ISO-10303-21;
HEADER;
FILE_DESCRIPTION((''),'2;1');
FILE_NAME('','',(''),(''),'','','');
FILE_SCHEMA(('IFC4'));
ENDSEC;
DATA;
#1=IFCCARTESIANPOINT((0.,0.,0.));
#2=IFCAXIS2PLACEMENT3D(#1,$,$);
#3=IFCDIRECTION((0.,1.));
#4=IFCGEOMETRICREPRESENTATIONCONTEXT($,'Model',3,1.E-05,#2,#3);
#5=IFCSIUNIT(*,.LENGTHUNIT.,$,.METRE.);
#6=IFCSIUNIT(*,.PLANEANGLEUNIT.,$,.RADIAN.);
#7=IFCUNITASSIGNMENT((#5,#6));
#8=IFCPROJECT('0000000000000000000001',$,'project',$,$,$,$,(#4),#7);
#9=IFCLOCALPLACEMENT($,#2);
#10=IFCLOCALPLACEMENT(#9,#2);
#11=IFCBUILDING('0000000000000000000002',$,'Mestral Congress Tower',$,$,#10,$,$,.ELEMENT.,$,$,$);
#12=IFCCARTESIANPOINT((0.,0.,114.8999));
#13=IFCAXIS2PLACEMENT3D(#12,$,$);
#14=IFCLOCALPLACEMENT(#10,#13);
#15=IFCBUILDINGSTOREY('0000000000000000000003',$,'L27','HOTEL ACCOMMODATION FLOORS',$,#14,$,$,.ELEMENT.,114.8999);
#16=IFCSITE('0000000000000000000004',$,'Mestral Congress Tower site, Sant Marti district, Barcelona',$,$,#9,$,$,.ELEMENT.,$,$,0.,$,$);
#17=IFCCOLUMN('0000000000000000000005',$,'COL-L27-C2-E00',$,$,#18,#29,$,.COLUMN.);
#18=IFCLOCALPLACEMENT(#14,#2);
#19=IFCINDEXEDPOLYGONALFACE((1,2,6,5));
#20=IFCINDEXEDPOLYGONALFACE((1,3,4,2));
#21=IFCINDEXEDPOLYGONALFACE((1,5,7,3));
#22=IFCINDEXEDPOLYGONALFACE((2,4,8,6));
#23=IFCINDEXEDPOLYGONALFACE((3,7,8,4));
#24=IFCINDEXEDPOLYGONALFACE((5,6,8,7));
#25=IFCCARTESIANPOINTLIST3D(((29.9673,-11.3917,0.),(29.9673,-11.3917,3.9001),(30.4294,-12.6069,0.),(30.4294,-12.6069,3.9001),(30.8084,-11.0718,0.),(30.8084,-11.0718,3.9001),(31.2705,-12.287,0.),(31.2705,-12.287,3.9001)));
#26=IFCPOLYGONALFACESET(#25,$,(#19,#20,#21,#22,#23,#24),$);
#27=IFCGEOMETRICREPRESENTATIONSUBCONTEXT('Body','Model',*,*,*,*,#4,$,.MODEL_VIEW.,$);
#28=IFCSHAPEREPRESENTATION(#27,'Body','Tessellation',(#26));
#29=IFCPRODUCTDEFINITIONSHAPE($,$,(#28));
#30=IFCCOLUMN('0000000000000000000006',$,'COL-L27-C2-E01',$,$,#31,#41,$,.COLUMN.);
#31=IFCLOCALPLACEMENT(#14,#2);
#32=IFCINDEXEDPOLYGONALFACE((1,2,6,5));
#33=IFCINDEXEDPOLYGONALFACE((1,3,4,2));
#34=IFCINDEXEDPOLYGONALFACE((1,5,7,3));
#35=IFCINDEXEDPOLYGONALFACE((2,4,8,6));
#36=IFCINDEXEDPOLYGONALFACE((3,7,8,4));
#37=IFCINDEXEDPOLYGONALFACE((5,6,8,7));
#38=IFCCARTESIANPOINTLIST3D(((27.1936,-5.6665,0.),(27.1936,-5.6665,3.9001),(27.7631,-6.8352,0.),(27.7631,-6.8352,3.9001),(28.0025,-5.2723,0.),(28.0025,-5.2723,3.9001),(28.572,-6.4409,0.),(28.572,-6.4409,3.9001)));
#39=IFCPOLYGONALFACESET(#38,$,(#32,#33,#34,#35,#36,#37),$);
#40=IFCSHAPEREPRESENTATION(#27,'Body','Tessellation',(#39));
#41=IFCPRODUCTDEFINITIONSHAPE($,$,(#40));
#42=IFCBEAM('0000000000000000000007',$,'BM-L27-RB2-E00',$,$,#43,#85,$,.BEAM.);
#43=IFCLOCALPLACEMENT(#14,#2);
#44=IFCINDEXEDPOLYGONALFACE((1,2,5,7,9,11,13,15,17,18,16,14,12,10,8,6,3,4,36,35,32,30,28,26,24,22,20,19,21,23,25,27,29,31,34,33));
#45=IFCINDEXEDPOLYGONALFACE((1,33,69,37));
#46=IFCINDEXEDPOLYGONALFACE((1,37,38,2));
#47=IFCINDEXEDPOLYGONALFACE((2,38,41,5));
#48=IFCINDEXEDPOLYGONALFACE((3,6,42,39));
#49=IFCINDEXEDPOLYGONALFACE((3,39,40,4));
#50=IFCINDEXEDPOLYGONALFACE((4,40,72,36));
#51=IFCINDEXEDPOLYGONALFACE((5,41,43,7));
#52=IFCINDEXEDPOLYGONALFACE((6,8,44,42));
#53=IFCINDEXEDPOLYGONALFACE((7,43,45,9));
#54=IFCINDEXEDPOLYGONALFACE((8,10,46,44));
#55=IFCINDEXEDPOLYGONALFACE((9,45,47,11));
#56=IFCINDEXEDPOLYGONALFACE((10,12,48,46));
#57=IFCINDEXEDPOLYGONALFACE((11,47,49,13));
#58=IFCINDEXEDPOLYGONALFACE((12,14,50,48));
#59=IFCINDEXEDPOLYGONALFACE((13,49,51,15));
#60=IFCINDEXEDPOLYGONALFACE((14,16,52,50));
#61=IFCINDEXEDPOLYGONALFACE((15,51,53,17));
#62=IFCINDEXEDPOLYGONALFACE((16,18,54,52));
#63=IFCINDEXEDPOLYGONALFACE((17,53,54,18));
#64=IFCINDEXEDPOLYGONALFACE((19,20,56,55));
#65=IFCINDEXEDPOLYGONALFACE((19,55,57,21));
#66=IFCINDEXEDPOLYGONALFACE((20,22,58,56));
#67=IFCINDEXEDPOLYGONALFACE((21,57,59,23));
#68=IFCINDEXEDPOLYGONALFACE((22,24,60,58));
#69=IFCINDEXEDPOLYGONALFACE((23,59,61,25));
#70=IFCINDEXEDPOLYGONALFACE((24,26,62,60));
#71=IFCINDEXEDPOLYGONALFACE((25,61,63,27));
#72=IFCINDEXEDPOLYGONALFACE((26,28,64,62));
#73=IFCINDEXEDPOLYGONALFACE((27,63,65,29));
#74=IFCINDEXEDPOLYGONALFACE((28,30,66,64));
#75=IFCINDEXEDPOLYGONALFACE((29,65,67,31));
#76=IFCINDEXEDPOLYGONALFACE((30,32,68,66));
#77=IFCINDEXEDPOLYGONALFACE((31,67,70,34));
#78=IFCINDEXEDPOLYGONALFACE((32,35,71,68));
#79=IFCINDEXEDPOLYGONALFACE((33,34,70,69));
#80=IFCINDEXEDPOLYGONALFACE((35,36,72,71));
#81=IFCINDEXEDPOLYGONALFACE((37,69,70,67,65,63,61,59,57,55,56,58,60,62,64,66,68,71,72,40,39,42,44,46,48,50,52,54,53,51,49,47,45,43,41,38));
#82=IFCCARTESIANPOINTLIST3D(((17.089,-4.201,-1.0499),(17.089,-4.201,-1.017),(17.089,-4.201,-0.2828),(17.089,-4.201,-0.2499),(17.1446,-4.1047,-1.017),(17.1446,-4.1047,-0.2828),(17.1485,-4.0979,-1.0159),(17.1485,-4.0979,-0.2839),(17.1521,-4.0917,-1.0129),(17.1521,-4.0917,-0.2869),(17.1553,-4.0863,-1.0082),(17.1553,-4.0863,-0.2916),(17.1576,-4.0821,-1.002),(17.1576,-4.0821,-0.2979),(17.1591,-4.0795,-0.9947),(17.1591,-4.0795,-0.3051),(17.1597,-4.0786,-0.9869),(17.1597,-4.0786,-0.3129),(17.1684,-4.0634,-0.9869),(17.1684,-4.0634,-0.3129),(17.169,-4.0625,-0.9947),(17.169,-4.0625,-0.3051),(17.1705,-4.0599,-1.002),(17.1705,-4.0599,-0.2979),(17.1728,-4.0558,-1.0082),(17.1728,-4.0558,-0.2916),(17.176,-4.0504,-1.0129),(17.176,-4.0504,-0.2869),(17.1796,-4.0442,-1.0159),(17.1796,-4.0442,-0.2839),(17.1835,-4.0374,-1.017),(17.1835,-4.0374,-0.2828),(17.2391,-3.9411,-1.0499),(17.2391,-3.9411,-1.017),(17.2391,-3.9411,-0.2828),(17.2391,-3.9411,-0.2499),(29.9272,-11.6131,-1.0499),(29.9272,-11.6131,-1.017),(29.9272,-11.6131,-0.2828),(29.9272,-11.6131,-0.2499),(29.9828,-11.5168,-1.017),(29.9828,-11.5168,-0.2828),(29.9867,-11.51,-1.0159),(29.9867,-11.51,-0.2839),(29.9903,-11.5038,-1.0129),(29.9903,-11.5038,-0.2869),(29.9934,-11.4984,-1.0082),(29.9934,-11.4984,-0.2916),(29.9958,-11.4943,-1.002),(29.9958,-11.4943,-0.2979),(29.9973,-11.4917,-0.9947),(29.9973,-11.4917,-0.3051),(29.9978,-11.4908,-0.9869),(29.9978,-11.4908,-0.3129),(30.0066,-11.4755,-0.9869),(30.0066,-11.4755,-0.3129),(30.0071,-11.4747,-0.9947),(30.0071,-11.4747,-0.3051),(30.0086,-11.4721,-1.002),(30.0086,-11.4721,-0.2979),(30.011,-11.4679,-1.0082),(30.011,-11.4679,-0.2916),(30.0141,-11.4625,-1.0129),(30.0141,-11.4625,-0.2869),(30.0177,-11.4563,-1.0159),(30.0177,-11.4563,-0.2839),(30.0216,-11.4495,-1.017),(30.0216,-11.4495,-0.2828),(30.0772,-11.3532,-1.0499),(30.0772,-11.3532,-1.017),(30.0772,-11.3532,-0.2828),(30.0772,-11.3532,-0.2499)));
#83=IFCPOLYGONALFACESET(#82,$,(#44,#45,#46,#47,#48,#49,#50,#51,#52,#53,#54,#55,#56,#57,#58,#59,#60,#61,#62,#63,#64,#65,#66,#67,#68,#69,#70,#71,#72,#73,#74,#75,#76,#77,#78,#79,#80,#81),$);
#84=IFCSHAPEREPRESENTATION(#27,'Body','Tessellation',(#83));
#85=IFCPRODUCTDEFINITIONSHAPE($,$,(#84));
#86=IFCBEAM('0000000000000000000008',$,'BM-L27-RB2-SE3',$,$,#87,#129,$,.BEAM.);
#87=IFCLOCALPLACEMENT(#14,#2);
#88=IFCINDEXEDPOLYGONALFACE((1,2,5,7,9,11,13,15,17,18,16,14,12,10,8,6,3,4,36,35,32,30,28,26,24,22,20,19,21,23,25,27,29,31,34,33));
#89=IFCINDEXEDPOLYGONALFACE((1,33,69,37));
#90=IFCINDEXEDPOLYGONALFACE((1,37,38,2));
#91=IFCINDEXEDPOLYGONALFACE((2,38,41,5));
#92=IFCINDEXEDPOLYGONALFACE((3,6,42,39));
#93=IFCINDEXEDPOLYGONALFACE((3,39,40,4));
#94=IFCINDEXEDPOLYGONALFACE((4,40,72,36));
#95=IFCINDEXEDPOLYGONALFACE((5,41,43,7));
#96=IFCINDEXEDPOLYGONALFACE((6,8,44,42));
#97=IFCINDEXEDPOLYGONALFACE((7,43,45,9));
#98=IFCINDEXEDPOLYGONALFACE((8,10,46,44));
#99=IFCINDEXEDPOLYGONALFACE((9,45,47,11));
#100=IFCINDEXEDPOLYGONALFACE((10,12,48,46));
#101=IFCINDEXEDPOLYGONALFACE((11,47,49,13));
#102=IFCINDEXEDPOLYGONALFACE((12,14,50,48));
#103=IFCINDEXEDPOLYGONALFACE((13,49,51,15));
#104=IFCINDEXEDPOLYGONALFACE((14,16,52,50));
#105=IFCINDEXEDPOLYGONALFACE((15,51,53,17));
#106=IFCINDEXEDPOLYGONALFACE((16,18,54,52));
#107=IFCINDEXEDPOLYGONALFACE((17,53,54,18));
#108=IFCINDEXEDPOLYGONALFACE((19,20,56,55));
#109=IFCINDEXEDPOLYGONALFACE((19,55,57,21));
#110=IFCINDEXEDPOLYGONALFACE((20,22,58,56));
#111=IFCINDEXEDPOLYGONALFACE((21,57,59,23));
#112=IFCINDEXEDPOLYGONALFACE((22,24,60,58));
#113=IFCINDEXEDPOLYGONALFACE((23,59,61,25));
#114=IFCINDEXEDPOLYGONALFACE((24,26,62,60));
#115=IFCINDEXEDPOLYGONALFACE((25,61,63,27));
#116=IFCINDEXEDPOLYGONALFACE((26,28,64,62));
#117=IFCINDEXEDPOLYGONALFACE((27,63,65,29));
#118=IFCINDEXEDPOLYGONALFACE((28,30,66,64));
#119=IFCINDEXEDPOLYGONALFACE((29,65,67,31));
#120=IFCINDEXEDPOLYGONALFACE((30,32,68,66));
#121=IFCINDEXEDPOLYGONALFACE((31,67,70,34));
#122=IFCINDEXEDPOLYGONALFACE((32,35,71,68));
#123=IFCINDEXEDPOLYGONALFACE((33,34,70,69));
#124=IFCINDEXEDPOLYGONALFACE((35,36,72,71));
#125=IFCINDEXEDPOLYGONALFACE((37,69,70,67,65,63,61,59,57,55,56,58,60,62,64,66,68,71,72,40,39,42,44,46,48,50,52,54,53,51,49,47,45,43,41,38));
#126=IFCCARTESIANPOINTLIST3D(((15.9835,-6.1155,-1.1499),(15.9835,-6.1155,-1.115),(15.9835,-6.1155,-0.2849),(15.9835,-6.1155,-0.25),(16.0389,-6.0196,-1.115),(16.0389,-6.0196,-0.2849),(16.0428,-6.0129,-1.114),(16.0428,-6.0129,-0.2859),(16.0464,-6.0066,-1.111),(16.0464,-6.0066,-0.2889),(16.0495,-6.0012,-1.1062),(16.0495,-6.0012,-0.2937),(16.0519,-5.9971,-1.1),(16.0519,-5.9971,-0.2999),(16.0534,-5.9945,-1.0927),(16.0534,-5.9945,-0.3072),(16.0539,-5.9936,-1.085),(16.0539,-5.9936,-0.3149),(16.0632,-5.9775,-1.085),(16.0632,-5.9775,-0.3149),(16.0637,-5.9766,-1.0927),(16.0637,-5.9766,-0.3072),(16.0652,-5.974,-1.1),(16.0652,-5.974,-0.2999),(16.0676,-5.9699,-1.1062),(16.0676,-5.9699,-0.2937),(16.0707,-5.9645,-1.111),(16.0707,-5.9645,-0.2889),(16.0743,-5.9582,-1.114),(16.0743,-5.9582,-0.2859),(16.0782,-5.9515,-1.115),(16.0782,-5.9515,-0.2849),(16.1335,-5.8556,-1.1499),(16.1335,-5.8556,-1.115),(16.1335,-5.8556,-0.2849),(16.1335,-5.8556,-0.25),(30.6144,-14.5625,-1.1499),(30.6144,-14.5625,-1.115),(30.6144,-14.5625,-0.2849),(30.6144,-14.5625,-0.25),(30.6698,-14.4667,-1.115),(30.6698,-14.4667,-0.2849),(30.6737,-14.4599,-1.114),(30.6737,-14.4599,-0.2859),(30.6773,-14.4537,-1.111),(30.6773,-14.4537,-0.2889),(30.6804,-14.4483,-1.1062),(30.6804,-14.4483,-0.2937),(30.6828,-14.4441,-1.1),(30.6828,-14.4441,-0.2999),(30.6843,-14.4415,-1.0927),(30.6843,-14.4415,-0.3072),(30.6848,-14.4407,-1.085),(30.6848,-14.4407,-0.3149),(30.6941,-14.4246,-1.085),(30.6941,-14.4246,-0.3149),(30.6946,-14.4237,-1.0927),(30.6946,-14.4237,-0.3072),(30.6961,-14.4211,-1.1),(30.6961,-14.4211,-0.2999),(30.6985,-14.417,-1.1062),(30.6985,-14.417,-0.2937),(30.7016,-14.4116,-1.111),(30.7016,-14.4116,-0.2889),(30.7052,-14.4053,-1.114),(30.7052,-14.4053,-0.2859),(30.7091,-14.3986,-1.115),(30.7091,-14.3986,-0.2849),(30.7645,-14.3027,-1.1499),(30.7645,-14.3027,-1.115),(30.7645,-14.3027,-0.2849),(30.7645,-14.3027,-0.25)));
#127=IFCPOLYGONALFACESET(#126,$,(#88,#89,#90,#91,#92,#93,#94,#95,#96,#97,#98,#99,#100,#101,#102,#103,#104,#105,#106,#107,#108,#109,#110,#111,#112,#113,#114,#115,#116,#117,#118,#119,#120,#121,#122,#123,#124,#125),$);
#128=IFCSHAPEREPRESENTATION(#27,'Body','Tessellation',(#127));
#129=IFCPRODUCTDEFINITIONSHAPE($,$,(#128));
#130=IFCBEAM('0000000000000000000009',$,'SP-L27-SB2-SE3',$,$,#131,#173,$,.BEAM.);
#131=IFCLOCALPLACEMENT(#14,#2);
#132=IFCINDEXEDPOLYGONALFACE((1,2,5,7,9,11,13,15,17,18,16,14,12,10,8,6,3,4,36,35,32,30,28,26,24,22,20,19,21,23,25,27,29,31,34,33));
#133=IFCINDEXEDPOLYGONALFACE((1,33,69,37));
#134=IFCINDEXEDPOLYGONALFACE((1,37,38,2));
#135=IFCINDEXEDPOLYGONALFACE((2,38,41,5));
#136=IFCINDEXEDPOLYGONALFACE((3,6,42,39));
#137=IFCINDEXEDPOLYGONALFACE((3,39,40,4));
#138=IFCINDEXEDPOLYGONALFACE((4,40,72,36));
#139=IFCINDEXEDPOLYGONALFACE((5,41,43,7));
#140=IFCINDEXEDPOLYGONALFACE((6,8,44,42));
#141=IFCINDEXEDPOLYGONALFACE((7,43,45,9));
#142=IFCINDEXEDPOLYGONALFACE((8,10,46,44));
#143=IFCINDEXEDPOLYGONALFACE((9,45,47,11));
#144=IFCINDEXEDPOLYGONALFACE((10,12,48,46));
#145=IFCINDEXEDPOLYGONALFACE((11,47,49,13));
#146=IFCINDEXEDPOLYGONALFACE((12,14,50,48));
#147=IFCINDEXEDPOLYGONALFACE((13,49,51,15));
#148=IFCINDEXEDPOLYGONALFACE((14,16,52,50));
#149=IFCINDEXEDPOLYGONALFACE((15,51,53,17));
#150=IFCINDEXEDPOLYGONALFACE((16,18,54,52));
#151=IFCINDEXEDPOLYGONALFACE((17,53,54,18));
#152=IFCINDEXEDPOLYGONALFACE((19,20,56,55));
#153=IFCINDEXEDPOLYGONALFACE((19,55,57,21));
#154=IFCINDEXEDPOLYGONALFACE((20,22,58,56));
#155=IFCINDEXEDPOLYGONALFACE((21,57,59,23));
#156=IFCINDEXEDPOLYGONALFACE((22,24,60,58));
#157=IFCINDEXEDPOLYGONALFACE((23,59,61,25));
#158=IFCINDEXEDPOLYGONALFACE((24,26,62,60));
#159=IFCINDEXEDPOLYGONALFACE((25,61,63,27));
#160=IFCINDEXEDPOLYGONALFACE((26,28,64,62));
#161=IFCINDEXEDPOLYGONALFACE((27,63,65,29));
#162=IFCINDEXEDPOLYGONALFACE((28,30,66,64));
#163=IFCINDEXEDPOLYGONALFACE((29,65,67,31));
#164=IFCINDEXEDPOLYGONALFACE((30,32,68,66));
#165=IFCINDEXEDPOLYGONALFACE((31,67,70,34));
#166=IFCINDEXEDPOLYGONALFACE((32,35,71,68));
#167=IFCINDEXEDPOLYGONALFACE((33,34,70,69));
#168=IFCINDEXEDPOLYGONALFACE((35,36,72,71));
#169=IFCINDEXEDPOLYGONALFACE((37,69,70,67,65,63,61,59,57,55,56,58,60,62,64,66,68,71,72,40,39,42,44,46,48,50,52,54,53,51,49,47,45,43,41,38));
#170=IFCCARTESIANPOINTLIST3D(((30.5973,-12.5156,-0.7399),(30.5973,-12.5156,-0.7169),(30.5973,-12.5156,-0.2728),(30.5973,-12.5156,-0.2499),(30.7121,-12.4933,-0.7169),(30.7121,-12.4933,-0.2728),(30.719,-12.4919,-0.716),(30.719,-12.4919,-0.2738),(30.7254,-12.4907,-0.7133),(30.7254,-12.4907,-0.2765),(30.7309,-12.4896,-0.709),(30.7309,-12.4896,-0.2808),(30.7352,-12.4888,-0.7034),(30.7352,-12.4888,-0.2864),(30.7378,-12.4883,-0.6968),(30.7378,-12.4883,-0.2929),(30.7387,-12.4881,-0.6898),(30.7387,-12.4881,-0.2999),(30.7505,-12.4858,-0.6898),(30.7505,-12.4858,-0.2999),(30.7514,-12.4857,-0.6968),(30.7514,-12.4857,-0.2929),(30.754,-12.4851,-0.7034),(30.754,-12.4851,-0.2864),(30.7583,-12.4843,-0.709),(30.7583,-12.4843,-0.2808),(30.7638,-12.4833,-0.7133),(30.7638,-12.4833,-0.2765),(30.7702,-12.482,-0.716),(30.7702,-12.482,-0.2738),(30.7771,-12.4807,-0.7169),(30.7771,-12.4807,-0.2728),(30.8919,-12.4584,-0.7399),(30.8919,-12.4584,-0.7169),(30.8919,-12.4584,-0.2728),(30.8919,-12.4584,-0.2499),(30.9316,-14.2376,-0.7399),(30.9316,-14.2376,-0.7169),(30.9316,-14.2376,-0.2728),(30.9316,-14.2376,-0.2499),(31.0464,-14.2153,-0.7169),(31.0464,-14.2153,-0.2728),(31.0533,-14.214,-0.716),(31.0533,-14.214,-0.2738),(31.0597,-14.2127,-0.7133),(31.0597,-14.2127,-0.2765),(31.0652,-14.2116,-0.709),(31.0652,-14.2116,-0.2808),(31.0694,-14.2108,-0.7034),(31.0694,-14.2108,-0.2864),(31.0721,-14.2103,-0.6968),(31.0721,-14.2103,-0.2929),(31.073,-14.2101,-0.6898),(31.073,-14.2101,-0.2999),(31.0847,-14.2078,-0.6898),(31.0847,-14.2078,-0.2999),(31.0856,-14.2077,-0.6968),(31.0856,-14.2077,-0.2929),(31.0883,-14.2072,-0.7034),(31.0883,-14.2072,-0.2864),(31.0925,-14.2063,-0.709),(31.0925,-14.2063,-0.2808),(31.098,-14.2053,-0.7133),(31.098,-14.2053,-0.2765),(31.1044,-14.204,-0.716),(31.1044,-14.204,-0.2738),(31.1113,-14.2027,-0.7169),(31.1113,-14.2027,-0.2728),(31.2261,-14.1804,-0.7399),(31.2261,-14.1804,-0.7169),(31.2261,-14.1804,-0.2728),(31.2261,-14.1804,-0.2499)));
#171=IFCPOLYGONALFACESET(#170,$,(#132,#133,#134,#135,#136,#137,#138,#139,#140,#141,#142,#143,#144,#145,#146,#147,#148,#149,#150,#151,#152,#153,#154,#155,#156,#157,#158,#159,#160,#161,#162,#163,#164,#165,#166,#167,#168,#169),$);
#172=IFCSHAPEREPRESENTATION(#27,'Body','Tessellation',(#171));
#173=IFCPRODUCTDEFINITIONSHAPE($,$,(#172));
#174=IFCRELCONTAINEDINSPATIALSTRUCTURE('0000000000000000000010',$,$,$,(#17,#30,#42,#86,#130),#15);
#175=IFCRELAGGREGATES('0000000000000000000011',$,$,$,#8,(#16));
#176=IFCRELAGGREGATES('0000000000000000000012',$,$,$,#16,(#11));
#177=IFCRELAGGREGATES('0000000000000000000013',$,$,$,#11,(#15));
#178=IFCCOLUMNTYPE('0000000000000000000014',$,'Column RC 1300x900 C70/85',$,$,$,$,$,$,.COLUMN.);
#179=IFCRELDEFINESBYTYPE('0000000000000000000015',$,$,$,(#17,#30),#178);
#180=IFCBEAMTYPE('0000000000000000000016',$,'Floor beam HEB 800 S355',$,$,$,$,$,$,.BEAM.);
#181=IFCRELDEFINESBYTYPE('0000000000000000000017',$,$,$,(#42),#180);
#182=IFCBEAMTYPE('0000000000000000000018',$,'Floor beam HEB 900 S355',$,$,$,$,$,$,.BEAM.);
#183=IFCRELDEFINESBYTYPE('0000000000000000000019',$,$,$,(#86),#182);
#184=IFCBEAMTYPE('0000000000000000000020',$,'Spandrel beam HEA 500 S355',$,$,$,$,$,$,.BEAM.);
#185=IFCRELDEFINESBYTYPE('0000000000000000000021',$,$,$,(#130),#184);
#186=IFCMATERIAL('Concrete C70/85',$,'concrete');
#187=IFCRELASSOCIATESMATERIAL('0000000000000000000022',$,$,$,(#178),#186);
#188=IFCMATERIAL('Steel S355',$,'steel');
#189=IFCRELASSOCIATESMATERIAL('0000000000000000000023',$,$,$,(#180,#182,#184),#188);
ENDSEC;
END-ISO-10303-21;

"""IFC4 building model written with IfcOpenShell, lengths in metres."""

from ifc_helpers import new_model, si_unit, direction, frame, origin, origin_2d, place, context, subcontext, project, spatial, rectangle, i_section, extrude, material, material_profile, profile_set, type_object, element, save


model = new_model("IFC4")

# Units and contexts
model_context = context("Model", 3, precision=1e-05, world=origin(), true_north=direction((0.0, 1.0)))
body_context = subcontext(model_context, "Body", "Model", "MODEL_VIEW")
ifc_project = project(units=[si_unit("LENGTHUNIT", "METRE"), si_unit("PLANEANGLEUNIT", "RADIAN")], contexts=[model_context])

# Site, building, storey
site_placement = place(None, origin())
site = spatial("IfcSite", under=ifc_project, at=site_placement, Name="Mestral Congress Tower site, Sant Marti district, Barcelona", CompositionType="ELEMENT", RefElevation=0.0)
building_placement = place(site_placement, origin())
building = spatial("IfcBuilding", under=site, at=building_placement, Name="Mestral Congress Tower", CompositionType="ELEMENT")
storey_placement = place(building_placement, frame((0.0, 0.0, 114.8999)))
storey = spatial("IfcBuildingStorey", under=building, at=storey_placement, Name="L27", Description="HOTEL ACCOMMODATION FLOORS", CompositionType="ELEMENT", Elevation=114.8999)

# Columns
ifc_material_1 = material(Name="Concrete C70/85", Category="concrete")
ifc_material_profile_1 = material_profile(ifc_material_1, rectangle(XDim=1.3, YDim=0.8999, at=origin_2d()), Name="RC 1300x900")
ifc_profile_set_1 = profile_set([ifc_material_profile_1], Name="Concrete C70/85")
column_type = type_object("IfcColumnType", Name="Column RC 1300x900 C70/85", PredefinedType="COLUMN", material=ifc_profile_set_1)
for number, where, z_axis, x_axis, name in (
    (1, (30.6189, -11.8394, 0.0), (0.0, 0.0, 1.0), (-0.355494, 0.934679, 0.0), "COL-L27-C2-E00"),
    (2, (27.8828, -6.0537, 0.0), (0.0, 0.0, 1.0), (-0.438061, 0.898945, 0.0), "COL-L27-C2-E01"),
):
    element("IfcColumn", number, at=place(storey_placement, frame(where, z_axis=z_axis, x_axis=x_axis)), inside=storey, type_object=column_type, Name=name, PredefinedType="COLUMN", context=body_context, shape_type="SweptSolid", body=[
        extrude(rectangle(XDim=1.3, YDim=0.8999, at=origin_2d()), origin(), (0.0, 0.0, 1.0), 3.9001),
    ])

# Beams
ifc_material_2 = material(Name="Steel S355", Category="steel")
ifc_material_profile_2 = material_profile(ifc_material_2, i_section(OverallWidth=0.3, OverallDepth=0.8, WebThickness=0.0176, FlangeThickness=0.033, FilletRadius=0.03, at=origin_2d()), Name="HEB 800")
ifc_profile_set_2 = profile_set([ifc_material_profile_2], Name="Steel S355")
beam_type_1 = type_object("IfcBeamType", Name="Floor beam HEB 800 S355", PredefinedType="BEAM", material=ifc_profile_set_2)
beam_1_placement = place(storey_placement, frame((30.0022, -11.4832, -0.6499), z_axis=(-0.866025, 0.5, 0.0), x_axis=(-0.5, -0.866025, 0.0)))
element("IfcBeam", 3, at=beam_1_placement, inside=storey, type_object=beam_type_1, Name="BM-L27-RB2-E00", PredefinedType="BEAM", context=body_context, shape_type="SweptSolid", body=[
    extrude(i_section(OverallWidth=0.3, OverallDepth=0.8, WebThickness=0.0176, FlangeThickness=0.033, FilletRadius=0.03, at=origin_2d()), origin(), (0.0, 0.0, 1.0), 14.8242),
])
ifc_material_profile_3 = material_profile(ifc_material_2, i_section(OverallWidth=0.3, OverallDepth=0.8999, WebThickness=0.0186, FlangeThickness=0.0349, FilletRadius=0.03, at=origin_2d()), Name="HEB 900")
ifc_profile_set_3 = profile_set([ifc_material_profile_3], Name="Steel S355")
beam_type_2 = type_object("IfcBeamType", Name="Floor beam HEB 900 S355", PredefinedType="BEAM", material=ifc_profile_set_3)
beam_2_placement = place(storey_placement, frame((30.6895, -14.4326, -0.7), z_axis=(-0.866028, 0.499995, 0.0), x_axis=(-0.499995, -0.866028, 0.0)))
element("IfcBeam", 4, at=beam_2_placement, inside=storey, type_object=beam_type_2, Name="BM-L27-RB2-SE3", PredefinedType="BEAM", context=body_context, shape_type="SweptSolid", body=[
    extrude(i_section(OverallWidth=0.3, OverallDepth=0.8999, WebThickness=0.0186, FlangeThickness=0.0349, FilletRadius=0.03, at=origin_2d()), origin(), (0.0, 0.0, 1.0), 16.8943),
])
ifc_material_profile_4 = material_profile(ifc_material_2, i_section(OverallWidth=0.3, OverallDepth=0.49, WebThickness=0.012, FlangeThickness=0.0229, FilletRadius=0.0271, at=origin_2d()), Name="HEA 500")
ifc_profile_set_4 = profile_set([ifc_material_profile_4], Name="Steel S355")
beam_type_3 = type_object("IfcBeamType", Name="Spandrel beam HEA 500 S355", PredefinedType="BEAM", material=ifc_profile_set_4)
beam_3_placement = place(storey_placement, frame((31.0789, -14.209, -0.4949), z_axis=(-0.190546, 0.981678, 0.0), x_axis=(-0.981678, -0.190546, 0.0)))
element("IfcBeam", 5, at=beam_3_placement, inside=storey, type_object=beam_type_3, Name="SP-L27-SB2-SE3", PredefinedType="BEAM", context=body_context, shape_type="SweptSolid", body=[
    extrude(i_section(OverallWidth=0.3, OverallDepth=0.49, WebThickness=0.012, FlangeThickness=0.0229, FilletRadius=0.0271, at=origin_2d()), origin(), (0.0, 0.0, 1.0), 1.7542),
])

save(model, "model.ifc")
